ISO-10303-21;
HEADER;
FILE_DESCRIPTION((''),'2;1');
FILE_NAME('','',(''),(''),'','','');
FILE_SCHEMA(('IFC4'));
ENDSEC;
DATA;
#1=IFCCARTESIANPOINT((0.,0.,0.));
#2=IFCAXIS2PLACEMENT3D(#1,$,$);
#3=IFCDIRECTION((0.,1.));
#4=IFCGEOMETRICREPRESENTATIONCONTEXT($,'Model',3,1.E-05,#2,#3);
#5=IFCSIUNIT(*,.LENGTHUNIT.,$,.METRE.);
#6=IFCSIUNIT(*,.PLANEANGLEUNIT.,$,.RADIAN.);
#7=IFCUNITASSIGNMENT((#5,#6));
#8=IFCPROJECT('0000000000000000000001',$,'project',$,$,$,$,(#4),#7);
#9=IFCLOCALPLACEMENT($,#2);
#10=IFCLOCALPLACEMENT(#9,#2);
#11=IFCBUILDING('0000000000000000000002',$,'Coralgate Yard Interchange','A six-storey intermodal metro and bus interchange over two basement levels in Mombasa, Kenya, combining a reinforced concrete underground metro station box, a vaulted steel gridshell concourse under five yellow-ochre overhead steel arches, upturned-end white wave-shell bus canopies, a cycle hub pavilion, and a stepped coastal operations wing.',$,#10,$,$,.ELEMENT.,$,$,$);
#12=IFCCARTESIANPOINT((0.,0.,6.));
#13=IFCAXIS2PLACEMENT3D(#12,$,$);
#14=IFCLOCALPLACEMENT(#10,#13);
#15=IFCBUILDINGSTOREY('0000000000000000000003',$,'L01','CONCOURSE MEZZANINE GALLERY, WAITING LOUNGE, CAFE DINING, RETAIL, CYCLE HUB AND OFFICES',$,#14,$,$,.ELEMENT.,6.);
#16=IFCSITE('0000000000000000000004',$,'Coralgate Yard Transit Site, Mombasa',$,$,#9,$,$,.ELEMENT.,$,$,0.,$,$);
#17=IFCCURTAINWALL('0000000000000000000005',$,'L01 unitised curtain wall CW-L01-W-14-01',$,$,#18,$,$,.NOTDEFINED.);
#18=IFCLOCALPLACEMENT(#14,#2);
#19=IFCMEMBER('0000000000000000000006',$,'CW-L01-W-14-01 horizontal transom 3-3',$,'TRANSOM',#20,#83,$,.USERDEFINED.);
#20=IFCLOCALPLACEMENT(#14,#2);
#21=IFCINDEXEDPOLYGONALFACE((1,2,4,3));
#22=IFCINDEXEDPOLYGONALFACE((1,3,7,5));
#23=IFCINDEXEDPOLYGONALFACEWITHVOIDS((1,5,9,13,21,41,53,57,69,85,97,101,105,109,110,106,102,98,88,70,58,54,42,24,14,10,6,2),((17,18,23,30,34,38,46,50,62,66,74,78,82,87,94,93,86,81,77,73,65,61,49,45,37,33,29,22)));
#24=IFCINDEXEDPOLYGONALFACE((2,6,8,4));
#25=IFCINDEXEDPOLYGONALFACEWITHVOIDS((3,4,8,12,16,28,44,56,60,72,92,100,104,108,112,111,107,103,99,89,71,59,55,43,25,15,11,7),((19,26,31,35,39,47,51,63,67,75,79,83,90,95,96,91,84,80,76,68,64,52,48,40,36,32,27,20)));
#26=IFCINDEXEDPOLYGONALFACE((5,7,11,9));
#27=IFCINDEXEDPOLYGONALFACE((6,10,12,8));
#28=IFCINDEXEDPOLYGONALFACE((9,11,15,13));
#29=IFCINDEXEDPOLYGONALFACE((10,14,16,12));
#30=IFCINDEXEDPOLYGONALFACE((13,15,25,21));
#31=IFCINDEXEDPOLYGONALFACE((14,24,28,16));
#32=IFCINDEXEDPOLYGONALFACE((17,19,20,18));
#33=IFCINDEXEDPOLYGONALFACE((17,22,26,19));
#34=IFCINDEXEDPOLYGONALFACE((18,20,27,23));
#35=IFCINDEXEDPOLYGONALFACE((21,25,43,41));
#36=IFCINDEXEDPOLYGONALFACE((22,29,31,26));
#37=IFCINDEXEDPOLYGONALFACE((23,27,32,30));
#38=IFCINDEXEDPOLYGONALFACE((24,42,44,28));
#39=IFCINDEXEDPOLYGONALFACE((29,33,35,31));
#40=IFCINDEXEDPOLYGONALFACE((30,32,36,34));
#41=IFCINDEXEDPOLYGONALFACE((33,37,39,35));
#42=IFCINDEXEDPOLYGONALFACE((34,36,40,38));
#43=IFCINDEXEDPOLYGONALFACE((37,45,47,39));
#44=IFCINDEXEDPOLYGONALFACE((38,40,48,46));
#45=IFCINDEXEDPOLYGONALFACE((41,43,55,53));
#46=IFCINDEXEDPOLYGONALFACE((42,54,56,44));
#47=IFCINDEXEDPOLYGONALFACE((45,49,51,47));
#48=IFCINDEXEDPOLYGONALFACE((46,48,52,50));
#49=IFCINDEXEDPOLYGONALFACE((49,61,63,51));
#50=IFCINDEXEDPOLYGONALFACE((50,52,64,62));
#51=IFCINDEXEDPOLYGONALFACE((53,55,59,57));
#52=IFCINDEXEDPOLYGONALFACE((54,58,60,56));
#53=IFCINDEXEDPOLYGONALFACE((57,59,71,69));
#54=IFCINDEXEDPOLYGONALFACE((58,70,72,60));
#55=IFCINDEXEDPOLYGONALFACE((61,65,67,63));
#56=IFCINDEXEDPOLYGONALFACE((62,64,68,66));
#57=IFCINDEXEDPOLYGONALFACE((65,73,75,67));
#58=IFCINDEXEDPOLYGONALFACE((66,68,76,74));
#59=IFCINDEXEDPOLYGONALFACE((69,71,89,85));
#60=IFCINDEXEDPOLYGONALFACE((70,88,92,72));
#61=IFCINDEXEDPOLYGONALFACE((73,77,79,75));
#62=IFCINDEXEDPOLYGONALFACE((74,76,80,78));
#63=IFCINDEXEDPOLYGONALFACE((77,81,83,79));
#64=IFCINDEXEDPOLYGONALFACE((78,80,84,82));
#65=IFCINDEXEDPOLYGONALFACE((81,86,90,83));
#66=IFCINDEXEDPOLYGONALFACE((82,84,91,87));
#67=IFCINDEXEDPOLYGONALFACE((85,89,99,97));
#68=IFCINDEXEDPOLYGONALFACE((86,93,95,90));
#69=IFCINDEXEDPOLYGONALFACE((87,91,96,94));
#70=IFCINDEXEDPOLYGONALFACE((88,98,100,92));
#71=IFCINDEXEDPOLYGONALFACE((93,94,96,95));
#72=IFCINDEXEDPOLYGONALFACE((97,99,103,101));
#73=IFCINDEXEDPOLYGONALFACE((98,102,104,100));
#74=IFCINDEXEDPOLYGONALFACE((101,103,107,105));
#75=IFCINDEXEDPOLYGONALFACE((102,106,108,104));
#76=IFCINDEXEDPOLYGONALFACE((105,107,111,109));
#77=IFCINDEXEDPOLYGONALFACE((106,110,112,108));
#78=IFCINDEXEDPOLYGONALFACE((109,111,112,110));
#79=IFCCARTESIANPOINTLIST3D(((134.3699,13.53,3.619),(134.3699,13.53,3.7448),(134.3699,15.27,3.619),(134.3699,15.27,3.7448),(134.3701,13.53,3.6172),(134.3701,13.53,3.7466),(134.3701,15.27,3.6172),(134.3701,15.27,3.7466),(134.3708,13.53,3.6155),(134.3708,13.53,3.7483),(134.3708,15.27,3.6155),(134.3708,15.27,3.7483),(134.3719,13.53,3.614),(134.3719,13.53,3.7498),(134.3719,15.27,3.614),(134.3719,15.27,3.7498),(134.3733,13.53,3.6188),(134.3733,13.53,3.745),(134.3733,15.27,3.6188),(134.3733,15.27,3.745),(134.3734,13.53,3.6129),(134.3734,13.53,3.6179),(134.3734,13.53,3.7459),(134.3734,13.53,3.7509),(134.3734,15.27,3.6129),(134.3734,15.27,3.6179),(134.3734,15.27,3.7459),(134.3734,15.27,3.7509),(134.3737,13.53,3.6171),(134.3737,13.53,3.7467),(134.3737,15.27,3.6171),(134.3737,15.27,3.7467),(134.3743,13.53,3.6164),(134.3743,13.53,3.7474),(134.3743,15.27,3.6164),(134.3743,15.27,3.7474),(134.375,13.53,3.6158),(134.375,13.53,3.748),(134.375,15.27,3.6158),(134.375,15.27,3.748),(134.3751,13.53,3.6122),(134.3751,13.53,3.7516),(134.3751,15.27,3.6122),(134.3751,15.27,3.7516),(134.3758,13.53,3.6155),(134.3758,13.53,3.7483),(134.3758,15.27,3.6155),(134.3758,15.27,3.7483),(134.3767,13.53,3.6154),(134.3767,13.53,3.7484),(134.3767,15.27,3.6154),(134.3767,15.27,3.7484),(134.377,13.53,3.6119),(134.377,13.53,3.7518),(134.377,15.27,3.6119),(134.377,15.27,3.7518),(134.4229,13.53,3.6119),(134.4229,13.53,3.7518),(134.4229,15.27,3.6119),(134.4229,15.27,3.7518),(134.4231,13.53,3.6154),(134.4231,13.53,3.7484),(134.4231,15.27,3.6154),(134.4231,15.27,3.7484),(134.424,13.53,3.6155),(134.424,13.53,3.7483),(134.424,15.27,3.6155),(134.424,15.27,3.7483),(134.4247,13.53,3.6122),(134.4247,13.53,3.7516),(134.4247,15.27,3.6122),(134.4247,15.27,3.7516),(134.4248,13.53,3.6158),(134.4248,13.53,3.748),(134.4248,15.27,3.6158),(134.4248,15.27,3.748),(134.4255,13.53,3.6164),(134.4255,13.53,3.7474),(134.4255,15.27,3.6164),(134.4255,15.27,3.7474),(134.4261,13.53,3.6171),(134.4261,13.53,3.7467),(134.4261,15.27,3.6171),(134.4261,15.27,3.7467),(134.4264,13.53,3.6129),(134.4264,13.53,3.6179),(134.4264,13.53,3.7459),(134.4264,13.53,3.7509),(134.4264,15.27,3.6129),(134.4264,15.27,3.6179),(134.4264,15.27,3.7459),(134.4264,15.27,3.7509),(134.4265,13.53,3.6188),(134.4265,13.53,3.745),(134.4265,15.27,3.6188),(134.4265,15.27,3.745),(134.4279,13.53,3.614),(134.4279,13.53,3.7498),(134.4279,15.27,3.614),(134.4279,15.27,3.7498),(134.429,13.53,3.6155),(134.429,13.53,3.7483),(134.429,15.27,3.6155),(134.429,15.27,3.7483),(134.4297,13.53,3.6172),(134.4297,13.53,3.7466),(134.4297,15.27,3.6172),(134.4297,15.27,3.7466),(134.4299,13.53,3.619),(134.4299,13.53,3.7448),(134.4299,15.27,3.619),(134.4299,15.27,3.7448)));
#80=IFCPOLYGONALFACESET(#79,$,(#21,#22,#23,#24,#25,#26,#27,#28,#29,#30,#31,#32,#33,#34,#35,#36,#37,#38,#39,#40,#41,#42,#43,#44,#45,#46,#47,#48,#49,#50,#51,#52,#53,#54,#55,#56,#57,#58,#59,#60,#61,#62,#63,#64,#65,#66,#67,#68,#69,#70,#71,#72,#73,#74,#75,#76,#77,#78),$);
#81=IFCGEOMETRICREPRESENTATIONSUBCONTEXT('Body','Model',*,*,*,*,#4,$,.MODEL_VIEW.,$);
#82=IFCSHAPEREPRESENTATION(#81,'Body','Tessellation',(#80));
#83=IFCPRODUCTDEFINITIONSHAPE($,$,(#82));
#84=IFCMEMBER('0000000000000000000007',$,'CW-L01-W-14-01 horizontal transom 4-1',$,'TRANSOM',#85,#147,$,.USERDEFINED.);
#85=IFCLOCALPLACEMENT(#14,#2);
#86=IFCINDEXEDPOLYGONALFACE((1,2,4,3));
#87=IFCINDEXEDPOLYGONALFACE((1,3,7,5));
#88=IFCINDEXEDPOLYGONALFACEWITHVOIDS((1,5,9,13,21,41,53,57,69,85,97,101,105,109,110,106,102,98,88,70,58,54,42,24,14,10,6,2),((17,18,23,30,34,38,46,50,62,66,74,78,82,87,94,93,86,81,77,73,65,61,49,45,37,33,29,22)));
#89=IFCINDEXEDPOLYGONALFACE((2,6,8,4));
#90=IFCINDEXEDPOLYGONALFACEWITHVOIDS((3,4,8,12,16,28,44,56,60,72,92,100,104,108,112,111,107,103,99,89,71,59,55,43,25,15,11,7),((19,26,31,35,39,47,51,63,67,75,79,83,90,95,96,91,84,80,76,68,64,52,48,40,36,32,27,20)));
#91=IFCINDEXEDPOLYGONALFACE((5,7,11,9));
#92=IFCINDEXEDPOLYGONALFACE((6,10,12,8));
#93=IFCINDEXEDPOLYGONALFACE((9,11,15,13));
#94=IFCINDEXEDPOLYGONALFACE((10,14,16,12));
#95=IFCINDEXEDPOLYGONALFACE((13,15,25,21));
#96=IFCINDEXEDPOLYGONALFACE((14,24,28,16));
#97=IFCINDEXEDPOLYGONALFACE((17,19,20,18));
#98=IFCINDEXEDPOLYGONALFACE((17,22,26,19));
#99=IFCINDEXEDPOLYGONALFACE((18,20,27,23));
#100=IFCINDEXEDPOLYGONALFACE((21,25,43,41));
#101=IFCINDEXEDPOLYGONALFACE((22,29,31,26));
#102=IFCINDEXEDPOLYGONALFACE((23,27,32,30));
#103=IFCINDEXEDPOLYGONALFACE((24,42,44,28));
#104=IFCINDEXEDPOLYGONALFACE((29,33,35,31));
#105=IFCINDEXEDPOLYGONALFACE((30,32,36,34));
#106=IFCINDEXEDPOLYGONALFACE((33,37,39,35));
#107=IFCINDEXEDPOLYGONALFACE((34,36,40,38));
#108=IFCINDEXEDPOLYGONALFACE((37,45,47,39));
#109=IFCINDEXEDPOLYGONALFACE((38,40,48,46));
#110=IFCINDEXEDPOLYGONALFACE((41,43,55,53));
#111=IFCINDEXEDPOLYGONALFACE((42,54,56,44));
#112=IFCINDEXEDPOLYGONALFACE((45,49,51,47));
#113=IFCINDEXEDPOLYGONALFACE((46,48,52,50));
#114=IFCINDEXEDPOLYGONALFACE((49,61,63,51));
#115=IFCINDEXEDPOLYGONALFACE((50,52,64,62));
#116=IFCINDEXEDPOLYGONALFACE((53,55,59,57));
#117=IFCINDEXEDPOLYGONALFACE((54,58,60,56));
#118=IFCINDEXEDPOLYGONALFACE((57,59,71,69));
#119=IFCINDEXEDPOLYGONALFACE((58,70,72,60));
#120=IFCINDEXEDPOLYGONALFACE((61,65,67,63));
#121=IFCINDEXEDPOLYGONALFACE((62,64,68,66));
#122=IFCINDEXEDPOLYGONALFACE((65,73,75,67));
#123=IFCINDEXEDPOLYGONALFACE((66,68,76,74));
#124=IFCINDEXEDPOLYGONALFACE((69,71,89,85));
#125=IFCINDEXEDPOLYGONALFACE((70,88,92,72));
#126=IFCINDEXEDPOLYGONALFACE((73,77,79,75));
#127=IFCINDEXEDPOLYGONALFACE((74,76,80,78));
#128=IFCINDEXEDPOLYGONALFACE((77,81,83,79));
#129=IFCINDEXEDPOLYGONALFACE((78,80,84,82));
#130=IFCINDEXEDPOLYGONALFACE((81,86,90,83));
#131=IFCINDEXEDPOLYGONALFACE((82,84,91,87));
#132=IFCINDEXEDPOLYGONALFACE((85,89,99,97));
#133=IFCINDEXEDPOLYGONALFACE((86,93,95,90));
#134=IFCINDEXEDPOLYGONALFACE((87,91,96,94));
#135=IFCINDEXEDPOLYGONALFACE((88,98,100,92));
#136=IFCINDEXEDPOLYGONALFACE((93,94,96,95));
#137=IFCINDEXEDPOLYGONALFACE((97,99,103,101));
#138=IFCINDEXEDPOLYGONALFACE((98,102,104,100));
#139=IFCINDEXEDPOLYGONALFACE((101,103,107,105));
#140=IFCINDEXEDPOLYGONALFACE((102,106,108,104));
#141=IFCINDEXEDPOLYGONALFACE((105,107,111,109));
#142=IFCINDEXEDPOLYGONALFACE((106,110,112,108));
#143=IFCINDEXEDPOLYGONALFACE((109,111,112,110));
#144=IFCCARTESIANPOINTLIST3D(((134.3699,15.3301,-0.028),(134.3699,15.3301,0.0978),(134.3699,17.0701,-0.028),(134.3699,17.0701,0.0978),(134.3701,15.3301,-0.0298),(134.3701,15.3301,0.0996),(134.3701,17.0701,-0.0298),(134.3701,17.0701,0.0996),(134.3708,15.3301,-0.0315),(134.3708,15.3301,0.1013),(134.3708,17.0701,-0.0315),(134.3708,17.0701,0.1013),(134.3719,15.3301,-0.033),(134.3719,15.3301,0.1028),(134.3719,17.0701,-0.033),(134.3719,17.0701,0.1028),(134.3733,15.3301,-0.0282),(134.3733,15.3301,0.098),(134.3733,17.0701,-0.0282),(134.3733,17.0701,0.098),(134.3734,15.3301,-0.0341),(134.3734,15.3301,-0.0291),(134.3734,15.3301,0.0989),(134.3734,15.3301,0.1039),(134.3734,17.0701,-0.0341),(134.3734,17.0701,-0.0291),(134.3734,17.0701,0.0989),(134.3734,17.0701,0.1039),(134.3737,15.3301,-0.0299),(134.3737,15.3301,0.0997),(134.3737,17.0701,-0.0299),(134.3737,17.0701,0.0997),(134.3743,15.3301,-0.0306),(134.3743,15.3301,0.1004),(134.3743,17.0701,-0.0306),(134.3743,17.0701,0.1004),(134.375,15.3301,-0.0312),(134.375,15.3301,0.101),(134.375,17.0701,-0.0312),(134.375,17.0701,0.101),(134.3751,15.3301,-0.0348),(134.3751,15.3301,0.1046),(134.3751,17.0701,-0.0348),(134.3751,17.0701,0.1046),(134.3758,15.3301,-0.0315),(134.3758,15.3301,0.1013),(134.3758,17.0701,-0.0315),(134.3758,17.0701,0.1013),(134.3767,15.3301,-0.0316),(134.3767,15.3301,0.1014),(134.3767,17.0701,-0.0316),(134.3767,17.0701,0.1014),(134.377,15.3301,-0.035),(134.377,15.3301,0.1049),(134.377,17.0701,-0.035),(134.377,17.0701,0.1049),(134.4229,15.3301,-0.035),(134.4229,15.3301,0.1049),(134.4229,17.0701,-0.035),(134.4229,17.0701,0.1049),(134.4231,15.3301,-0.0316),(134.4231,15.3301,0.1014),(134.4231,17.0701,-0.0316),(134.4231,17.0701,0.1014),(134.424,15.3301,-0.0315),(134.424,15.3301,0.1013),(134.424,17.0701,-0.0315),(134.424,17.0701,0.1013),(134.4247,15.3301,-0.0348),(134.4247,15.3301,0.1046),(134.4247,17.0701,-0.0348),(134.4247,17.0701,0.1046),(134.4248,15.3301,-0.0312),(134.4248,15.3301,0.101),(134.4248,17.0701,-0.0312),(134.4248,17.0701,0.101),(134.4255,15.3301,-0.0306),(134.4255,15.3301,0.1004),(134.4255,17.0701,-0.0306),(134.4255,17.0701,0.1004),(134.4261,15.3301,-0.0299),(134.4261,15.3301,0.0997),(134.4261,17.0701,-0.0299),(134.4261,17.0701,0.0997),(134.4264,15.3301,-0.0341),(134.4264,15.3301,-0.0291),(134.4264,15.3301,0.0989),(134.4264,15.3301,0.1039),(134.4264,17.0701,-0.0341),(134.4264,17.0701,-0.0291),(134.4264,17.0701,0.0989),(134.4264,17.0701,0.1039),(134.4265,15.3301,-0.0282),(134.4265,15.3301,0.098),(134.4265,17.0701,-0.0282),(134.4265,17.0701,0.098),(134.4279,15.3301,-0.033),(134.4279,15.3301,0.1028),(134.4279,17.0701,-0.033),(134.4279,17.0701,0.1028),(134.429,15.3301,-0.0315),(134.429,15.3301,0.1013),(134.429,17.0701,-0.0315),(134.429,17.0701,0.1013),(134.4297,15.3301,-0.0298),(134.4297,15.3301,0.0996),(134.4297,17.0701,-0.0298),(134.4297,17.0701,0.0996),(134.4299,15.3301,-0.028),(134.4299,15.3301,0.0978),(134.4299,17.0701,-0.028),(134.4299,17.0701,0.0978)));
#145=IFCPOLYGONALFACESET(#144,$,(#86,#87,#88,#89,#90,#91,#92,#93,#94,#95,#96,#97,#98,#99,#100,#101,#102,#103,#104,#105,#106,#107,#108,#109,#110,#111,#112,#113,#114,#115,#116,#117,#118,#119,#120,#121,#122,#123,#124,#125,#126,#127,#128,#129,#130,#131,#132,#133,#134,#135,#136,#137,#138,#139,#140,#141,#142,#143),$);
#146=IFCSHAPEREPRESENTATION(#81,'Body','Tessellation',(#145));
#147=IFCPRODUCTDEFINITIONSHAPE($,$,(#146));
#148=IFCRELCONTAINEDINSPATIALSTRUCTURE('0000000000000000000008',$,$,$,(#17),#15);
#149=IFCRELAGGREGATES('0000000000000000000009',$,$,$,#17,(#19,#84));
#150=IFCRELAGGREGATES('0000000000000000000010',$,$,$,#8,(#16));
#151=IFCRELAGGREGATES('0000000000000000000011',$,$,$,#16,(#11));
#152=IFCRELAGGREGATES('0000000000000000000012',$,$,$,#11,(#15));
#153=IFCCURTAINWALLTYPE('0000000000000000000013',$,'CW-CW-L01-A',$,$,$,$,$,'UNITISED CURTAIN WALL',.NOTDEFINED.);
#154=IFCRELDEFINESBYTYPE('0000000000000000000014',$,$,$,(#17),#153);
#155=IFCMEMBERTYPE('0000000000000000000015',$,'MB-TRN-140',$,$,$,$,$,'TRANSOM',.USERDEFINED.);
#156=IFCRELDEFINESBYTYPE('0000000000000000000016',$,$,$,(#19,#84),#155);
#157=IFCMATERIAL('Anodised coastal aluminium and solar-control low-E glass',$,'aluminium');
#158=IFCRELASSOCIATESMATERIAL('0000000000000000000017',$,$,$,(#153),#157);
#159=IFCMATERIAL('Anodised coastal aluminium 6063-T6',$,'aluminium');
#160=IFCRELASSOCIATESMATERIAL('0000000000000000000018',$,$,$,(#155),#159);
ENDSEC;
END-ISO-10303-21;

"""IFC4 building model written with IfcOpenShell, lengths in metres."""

from ifc_helpers import new_model, si_unit, direction, frame, origin, origin_2d, place, context, subcontext, project, spatial, hollow_rectangle, extrude, material, material_profile, profile_set, type_object, element, aggregate, save


model = new_model("IFC4")

# Units and contexts
model_context = context("Model", 3, precision=1e-05, world=origin(), true_north=direction((0.0, 1.0)))
body_context = subcontext(model_context, "Body", "Model", "MODEL_VIEW")
ifc_project = project(units=[si_unit("LENGTHUNIT", "METRE"), si_unit("PLANEANGLEUNIT", "RADIAN")], contexts=[model_context])

# Site, building, storey
site_placement = place(None, origin())
site = spatial("IfcSite", under=ifc_project, at=site_placement, Name="Coralgate Yard Transit Site, Mombasa", CompositionType="ELEMENT", RefElevation=0.0)
building_placement = place(site_placement, origin())
building = spatial("IfcBuilding", under=site, at=building_placement, Name="Coralgate Yard Interchange", Description="A six-storey intermodal metro and bus interchange over two basement levels in Mombasa, Kenya, combining a reinforced concrete underground metro station box, a vaulted steel gridshell concourse under five yellow-ochre overhead steel arches, upturned-end white wave-shell bus canopies, a cycle hub pavilion, and a stepped coastal operations wing.", CompositionType="ELEMENT")
storey_placement = place(building_placement, frame((0.0, 0.0, 6.0)))
storey = spatial("IfcBuildingStorey", under=building, at=storey_placement, Name="L01", Description="CONCOURSE MEZZANINE GALLERY, WAITING LOUNGE, CAFE DINING, RETAIL, CYCLE HUB AND OFFICES", CompositionType="ELEMENT", Elevation=6.0)

# Curtain wall
ifc_material_1 = material(Name="Anodised coastal aluminium and solar-control low-E glass", Category="aluminium")
curtain_wall_type_1 = type_object("IfcCurtainWallType", Name="CW-CW-L01-A", ElementType="UNITISED CURTAIN WALL", PredefinedType="NOTDEFINED", material=ifc_material_1)
curtain_wall_1_placement = place(storey_placement, origin())
curtain_wall_1 = element("IfcCurtainWall", 1, at=curtain_wall_1_placement, inside=storey, type_object=curtain_wall_type_1, Name="L01 unitised curtain wall CW-L01-W-14-01", PredefinedType="NOTDEFINED")
ifc_material_2 = material(Name="Anodised coastal aluminium 6063-T6", Category="aluminium")

# Members
ifc_material_profile_1 = material_profile(ifc_material_2, hollow_rectangle(XDim=0.0601, YDim=0.1399, WallThickness=0.0034, InnerFilletRadius=0.0034, OuterFilletRadius=0.0071, at=origin_2d()), Name="ALU 60x140x3.5")
ifc_profile_set_1 = profile_set([ifc_material_profile_1], Name="Anodised coastal aluminium 6063-T6")
member_type_1 = type_object("IfcMemberType", Name="MB-TRN-140", ElementType="TRANSOM", PredefinedType="USERDEFINED", material=ifc_profile_set_1)
member_1_placement = place(storey_placement, frame((134.3999, 13.53, 3.6819), z_axis=(0.0, 1.0, 0.0), x_axis=(-1.0, 0.0, 0.0)))
member_1 = element("IfcMember", 2, at=member_1_placement, type_object=member_type_1, Name="CW-L01-W-14-01 horizontal transom 3-3", ObjectType="TRANSOM", PredefinedType="USERDEFINED", context=body_context, shape_type="SweptSolid", body=[
    extrude(hollow_rectangle(XDim=0.0601, YDim=0.1399, WallThickness=0.0034, InnerFilletRadius=0.0034, OuterFilletRadius=0.0071, at=origin_2d()), origin(), (0.0, 0.0, 1.0), 1.74),
])
member_2_placement = place(storey_placement, frame((134.3999, 15.3301, 0.0349), z_axis=(0.0, 1.0, 0.0), x_axis=(-1.0, 0.0, 0.0)))
member_2 = element("IfcMember", 3, at=member_2_placement, type_object=member_type_1, Name="CW-L01-W-14-01 horizontal transom 4-1", ObjectType="TRANSOM", PredefinedType="USERDEFINED", context=body_context, shape_type="SweptSolid", body=[
    extrude(hollow_rectangle(XDim=0.0601, YDim=0.1399, WallThickness=0.0034, InnerFilletRadius=0.0034, OuterFilletRadius=0.0071, at=origin_2d()), origin(), (0.0, 0.0, 1.0), 1.74),
])

aggregate(curtain_wall_1, [member_1, member_2])

save(model, "model.ifc")
